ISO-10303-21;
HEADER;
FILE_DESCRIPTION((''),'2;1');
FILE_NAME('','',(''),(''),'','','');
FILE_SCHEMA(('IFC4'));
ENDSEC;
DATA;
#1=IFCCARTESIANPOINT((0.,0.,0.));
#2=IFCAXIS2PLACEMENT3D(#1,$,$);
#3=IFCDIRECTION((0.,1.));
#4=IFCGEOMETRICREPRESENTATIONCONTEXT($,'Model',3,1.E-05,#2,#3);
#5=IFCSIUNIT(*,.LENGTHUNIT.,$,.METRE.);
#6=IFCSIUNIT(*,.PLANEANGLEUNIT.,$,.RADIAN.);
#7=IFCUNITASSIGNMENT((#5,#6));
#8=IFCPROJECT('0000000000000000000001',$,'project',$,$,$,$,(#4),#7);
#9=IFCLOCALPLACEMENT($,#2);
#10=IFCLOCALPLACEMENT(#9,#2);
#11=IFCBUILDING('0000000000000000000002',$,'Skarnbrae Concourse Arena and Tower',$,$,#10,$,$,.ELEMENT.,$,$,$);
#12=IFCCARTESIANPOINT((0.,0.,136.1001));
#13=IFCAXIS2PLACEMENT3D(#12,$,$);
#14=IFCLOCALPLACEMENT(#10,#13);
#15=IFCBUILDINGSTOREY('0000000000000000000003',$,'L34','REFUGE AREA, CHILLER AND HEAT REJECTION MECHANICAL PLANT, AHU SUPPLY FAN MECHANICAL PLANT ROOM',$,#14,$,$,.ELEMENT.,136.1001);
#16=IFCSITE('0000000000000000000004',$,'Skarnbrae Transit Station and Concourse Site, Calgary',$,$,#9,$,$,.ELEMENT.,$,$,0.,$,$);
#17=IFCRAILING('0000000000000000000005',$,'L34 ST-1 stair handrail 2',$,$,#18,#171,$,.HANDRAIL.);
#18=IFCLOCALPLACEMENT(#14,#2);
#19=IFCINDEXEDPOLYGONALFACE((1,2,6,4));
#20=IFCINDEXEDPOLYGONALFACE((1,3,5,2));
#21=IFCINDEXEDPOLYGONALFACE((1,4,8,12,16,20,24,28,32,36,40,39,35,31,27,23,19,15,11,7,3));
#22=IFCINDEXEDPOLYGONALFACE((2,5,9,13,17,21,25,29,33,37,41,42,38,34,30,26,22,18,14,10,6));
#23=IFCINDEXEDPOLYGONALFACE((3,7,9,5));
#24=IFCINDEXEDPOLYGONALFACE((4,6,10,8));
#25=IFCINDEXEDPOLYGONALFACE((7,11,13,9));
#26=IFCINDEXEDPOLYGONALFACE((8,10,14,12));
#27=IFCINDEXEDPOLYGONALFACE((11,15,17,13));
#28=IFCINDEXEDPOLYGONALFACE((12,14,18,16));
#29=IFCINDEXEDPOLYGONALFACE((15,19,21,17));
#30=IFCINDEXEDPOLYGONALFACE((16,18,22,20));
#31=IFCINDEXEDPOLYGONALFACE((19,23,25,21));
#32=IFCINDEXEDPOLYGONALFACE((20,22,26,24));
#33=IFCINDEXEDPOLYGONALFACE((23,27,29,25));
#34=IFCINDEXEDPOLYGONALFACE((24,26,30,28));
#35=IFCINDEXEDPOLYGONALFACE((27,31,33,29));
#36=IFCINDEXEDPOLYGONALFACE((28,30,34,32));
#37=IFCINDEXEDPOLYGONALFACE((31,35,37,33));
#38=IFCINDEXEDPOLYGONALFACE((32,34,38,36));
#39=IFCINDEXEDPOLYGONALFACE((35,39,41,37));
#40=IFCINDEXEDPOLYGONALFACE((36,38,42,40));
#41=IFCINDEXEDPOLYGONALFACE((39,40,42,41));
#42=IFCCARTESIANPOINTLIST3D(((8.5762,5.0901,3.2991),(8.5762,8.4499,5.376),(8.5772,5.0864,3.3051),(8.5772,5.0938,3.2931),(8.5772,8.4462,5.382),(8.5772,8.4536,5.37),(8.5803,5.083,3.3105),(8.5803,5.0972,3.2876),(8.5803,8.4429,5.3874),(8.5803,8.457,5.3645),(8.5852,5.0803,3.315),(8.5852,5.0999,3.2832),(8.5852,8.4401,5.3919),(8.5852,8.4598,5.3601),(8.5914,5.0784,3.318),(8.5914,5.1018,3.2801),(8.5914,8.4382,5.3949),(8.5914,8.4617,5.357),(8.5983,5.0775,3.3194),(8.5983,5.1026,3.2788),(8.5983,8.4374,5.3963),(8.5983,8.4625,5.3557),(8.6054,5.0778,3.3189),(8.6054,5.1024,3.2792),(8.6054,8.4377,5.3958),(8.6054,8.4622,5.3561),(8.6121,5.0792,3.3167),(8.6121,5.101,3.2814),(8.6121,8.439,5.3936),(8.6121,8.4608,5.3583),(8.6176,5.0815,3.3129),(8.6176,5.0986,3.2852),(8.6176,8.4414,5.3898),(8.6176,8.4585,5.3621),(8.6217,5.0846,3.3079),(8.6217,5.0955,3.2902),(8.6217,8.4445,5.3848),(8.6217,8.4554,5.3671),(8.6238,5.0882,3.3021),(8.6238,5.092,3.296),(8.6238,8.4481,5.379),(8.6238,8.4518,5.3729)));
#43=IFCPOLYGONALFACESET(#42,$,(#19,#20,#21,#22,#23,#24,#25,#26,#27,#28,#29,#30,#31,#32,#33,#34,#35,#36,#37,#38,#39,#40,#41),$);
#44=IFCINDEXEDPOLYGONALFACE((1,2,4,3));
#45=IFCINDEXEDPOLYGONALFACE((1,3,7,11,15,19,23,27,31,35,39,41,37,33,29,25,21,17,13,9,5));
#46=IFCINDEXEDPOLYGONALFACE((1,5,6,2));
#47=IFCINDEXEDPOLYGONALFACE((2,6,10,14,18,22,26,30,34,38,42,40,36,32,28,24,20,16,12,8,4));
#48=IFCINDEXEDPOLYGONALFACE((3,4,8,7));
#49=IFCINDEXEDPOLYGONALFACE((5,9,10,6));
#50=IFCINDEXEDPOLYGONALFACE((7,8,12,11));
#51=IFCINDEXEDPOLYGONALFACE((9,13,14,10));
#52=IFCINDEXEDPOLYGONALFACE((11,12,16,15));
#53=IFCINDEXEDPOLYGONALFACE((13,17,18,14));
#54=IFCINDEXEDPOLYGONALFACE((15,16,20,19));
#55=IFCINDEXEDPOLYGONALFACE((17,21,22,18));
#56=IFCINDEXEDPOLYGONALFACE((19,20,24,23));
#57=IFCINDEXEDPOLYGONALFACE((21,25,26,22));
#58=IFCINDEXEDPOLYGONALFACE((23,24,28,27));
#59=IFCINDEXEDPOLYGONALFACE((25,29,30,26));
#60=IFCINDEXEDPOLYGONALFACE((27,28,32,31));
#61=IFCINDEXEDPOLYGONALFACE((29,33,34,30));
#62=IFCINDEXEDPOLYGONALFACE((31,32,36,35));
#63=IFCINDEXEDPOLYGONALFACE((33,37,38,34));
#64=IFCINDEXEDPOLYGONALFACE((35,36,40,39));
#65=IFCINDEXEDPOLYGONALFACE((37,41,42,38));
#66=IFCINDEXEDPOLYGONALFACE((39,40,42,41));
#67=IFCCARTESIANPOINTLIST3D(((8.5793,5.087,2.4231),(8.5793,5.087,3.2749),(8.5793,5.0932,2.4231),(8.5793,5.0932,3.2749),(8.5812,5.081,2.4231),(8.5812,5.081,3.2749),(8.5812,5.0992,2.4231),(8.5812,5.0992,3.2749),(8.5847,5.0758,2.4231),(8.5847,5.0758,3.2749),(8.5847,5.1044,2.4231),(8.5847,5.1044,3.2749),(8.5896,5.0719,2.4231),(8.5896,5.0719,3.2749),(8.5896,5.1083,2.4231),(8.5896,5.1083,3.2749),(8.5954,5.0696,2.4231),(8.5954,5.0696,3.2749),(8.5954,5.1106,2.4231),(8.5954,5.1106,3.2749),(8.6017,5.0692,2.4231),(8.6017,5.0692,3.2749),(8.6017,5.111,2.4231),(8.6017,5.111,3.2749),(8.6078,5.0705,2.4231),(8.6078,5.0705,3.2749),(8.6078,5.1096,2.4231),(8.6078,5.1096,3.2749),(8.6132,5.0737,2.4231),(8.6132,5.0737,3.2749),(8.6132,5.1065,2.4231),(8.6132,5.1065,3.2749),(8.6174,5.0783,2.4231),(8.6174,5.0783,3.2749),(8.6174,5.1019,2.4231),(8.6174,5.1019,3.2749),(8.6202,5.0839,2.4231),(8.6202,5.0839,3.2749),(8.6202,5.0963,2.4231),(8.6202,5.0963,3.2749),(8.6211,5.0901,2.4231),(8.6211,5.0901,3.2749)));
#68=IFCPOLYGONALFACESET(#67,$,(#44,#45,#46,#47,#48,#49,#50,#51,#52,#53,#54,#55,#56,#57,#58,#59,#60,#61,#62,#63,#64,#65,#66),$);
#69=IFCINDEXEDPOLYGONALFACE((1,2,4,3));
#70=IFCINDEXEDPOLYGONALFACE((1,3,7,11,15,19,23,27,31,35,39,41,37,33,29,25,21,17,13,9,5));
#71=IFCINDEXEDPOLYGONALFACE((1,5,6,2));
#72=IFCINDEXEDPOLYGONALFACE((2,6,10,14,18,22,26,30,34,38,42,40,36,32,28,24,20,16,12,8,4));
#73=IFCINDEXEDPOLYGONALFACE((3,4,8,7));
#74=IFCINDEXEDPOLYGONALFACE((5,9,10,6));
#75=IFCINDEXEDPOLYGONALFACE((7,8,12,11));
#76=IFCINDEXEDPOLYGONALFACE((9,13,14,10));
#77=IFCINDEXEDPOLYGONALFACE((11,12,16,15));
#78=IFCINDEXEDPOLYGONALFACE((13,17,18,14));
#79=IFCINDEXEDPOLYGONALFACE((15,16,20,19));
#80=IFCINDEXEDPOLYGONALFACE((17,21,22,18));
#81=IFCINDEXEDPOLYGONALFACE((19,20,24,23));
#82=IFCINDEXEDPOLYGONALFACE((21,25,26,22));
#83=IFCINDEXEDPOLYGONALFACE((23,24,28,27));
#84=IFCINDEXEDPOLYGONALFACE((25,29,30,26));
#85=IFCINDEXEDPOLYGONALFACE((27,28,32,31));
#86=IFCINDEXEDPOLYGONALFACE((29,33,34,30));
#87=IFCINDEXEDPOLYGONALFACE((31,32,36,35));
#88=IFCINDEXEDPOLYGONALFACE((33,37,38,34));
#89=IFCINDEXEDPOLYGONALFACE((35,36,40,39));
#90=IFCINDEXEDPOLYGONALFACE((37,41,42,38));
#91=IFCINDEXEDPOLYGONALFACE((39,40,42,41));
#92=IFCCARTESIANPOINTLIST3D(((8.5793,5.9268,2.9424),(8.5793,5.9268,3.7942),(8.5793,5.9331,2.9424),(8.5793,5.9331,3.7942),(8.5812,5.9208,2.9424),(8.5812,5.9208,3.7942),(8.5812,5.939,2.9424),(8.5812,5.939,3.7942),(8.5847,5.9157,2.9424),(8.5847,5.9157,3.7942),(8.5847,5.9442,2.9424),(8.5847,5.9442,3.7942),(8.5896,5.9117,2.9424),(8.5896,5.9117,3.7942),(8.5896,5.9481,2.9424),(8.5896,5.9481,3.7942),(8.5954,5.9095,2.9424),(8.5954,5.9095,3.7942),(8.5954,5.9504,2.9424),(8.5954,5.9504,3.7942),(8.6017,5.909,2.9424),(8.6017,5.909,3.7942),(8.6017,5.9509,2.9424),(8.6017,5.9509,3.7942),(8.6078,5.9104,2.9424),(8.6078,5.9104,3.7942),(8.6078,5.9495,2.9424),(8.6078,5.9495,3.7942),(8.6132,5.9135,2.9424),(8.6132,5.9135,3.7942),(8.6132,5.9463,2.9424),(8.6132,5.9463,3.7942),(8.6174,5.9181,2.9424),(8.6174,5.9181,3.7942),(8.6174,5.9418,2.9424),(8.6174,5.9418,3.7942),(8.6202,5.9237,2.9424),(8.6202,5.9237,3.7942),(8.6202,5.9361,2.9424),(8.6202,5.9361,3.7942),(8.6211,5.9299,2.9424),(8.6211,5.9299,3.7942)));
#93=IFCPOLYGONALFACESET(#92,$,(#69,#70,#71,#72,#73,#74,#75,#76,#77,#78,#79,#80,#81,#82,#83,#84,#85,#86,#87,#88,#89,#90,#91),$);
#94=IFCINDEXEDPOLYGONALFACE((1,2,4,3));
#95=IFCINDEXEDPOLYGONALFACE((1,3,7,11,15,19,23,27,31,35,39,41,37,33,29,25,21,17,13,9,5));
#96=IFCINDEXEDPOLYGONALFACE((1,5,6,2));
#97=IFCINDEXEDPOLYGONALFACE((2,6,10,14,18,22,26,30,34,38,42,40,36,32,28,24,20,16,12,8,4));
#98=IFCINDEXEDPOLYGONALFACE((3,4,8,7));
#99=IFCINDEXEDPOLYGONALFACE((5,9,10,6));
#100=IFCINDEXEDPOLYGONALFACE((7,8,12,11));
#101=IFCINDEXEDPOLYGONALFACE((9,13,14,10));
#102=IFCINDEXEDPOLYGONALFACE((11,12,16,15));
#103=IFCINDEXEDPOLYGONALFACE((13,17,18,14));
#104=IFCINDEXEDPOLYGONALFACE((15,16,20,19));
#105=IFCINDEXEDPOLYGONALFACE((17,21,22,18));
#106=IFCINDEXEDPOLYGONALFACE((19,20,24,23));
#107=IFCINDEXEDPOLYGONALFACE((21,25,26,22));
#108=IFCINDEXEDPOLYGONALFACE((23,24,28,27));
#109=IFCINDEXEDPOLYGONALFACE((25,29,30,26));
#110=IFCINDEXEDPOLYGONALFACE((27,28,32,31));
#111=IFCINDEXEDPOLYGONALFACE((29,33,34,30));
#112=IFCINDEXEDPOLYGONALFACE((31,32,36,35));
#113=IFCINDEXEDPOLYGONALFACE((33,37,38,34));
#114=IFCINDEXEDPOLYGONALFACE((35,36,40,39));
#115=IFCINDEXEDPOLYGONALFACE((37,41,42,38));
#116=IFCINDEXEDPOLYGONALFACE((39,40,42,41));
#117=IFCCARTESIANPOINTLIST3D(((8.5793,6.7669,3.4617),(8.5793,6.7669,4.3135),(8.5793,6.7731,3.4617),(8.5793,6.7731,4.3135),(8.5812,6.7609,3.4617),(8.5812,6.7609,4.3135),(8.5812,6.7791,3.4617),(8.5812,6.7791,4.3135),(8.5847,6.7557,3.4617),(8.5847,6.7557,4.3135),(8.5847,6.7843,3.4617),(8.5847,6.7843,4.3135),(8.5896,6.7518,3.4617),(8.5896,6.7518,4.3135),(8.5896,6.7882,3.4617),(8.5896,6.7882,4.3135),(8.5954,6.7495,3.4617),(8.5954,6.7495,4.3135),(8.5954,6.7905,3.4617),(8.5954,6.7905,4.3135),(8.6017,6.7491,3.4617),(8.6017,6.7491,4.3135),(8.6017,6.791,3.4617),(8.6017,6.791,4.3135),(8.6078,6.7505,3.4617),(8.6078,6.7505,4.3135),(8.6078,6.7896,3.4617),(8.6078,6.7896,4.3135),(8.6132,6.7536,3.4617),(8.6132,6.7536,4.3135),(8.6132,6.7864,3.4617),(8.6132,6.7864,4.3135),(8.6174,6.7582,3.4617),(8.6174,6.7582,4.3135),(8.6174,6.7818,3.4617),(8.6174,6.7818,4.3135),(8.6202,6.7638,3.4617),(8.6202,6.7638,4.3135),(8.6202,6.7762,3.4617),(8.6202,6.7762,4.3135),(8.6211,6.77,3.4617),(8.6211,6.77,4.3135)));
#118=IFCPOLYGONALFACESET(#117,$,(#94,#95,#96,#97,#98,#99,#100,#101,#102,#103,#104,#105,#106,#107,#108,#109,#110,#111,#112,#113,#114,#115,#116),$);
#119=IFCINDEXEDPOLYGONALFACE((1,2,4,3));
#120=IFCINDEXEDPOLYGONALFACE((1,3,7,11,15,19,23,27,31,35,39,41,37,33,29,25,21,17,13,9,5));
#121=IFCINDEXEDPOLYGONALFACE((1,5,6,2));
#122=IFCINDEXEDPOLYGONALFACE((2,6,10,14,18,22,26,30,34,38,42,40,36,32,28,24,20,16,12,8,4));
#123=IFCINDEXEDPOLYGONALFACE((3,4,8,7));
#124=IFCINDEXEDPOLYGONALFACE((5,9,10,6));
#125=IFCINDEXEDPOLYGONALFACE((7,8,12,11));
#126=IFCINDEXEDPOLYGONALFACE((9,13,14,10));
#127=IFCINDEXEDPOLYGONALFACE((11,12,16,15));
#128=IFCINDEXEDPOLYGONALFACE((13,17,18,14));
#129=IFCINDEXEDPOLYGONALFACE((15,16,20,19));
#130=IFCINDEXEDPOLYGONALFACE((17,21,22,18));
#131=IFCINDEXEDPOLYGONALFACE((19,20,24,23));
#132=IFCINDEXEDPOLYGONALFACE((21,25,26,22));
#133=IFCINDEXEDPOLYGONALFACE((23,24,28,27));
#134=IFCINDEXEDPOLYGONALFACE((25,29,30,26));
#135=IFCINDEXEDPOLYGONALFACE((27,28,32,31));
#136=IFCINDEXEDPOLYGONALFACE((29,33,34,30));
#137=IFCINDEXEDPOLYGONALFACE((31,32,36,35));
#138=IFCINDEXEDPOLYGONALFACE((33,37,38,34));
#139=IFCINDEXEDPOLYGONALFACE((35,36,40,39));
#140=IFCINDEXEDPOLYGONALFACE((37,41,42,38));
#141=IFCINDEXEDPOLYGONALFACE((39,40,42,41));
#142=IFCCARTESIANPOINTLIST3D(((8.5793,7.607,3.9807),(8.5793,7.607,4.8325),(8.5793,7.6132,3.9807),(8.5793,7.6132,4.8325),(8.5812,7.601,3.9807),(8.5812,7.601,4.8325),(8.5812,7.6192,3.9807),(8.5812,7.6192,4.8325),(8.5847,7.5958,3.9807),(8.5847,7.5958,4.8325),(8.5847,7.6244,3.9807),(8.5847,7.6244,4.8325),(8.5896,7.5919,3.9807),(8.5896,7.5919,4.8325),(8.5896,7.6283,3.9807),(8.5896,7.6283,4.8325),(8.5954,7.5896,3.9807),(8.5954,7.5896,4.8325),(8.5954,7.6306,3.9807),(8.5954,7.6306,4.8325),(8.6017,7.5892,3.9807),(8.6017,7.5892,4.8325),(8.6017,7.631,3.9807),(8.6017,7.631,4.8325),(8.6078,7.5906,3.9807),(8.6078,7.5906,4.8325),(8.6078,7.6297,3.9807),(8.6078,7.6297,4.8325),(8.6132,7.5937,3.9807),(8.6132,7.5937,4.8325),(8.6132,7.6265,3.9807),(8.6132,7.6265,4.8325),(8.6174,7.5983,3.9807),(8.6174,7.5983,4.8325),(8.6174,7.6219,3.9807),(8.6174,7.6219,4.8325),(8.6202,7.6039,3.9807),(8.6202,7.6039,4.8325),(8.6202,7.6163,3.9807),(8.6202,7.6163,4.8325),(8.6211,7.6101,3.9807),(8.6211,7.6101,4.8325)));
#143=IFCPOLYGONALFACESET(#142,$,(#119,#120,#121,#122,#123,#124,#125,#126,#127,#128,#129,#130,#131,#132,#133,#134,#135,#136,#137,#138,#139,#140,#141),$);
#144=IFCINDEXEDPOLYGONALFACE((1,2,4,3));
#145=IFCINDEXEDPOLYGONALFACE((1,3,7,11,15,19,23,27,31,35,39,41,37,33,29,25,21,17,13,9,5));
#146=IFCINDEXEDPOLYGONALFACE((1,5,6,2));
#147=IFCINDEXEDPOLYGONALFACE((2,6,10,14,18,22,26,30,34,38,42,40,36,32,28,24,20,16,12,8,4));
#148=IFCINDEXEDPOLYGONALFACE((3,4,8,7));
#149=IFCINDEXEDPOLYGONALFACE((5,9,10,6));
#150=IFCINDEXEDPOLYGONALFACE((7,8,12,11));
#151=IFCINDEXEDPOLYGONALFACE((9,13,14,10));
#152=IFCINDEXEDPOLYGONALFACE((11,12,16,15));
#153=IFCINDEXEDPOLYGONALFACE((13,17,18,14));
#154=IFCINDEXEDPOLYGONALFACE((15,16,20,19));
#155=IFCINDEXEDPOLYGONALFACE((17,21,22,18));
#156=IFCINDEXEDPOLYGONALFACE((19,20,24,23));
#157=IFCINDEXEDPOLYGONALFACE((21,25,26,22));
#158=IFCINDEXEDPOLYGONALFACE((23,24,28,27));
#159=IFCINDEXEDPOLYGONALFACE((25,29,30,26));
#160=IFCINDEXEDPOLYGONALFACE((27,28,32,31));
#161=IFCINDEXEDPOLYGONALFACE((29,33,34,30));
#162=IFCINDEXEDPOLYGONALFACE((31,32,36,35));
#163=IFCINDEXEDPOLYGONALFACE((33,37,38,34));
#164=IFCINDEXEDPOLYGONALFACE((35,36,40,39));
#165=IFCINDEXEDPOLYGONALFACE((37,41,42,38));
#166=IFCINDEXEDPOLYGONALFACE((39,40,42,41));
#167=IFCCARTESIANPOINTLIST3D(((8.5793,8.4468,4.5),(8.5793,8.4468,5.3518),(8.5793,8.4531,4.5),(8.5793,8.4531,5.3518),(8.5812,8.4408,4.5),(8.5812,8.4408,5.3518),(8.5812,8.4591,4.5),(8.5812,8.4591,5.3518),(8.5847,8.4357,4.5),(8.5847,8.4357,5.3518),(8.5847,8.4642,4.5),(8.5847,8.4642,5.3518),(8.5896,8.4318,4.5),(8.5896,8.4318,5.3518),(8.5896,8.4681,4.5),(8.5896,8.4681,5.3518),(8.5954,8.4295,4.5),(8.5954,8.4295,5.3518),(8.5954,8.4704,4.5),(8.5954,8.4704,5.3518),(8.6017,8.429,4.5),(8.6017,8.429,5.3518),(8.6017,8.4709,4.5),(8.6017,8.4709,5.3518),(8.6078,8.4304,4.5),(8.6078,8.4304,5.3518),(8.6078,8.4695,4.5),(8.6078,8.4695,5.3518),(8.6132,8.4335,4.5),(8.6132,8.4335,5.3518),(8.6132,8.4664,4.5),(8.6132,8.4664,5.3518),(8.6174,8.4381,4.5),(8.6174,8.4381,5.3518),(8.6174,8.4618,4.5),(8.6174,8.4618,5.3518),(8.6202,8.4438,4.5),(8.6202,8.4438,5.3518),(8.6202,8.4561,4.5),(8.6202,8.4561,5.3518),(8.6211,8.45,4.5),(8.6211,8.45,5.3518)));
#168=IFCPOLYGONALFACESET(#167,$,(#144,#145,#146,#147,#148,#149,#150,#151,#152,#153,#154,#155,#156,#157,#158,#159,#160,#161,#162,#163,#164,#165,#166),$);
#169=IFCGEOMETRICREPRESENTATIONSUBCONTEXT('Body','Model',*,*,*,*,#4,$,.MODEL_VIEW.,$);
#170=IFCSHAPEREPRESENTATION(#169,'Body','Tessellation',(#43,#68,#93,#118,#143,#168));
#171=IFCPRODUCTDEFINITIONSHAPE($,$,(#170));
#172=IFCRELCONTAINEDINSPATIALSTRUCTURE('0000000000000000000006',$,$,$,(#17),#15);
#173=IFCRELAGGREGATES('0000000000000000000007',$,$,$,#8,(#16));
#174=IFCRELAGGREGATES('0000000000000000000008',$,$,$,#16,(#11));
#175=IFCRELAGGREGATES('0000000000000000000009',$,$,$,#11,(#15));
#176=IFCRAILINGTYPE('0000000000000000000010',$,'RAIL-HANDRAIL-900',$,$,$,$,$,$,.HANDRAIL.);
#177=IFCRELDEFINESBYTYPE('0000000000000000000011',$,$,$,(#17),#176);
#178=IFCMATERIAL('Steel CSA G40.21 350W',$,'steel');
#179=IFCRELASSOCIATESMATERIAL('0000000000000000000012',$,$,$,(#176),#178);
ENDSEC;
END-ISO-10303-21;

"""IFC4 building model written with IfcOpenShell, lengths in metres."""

from ifc_helpers import new_model, si_unit, direction, frame, origin, origin_2d, place, context, subcontext, project, spatial, circle, extrude, material, type_object, element, save


model = new_model("IFC4")

# Units and contexts
model_context = context("Model", 3, precision=1e-05, world=origin(), true_north=direction((0.0, 1.0)))
body_context = subcontext(model_context, "Body", "Model", "MODEL_VIEW")
ifc_project = project(units=[si_unit("LENGTHUNIT", "METRE"), si_unit("PLANEANGLEUNIT", "RADIAN")], contexts=[model_context])

# Site, building, storey
site_placement = place(None, origin())
site = spatial("IfcSite", under=ifc_project, at=site_placement, Name="Skarnbrae Transit Station and Concourse Site, Calgary", CompositionType="ELEMENT", RefElevation=0.0)
building_placement = place(site_placement, origin())
building = spatial("IfcBuilding", under=site, at=building_placement, Name="Skarnbrae Concourse Arena and Tower", CompositionType="ELEMENT")
storey_placement = place(building_placement, frame((0.0, 0.0, 136.1001)))
storey = spatial("IfcBuildingStorey", under=building, at=storey_placement, Name="L34", Description="REFUGE AREA, CHILLER AND HEAT REJECTION MECHANICAL PLANT, AHU SUPPLY FAN MECHANICAL PLANT ROOM", CompositionType="ELEMENT", Elevation=136.1001)

# Shared definitions
ifc_material_1 = material(Name="Steel CSA G40.21 350W", Category="steel")

# Railing
railing_type = type_object("IfcRailingType", Name="RAIL-HANDRAIL-900", PredefinedType="HANDRAIL", material=ifc_material_1)
railing_placement = place(storey_placement, frame((8.6001, 5.0901, 2.4231)))
element("IfcRailing", 1, at=railing_placement, inside=storey, type_object=railing_type, Name="L34 ST-1 stair handrail 2", PredefinedType="HANDRAIL", context=body_context, shape_type="SweptSolid", body=[
    extrude(circle(Radius=0.0239, at=origin_2d()), frame((0.0, 0.0, 0.876), z_axis=(0.0, 0.850606, 0.525803), x_axis=(-1.0, 0.0, 0.0)), (0.0, 0.0, 1.0), 3.95),
    extrude(circle(Radius=0.021, at=origin_2d()), origin(), (0.0, 0.0, 1.0), 0.8518),
    extrude(circle(Radius=0.021, at=origin_2d()), frame((0.0, 0.8398, 0.5193)), (0.0, 0.0, 1.0), 0.8518),
    extrude(circle(Radius=0.021, at=origin_2d()), frame((0.0, 1.6799, 1.0386)), (0.0, 0.0, 1.0), 0.8518),
    extrude(circle(Radius=0.021, at=origin_2d()), frame((0.0, 2.52, 1.5576)), (0.0, 0.0, 1.0), 0.8518),
    extrude(circle(Radius=0.021, at=origin_2d()), frame((0.0, 3.3599, 2.0769)), (0.0, 0.0, 1.0), 0.8518),
])

save(model, "model.ifc")
